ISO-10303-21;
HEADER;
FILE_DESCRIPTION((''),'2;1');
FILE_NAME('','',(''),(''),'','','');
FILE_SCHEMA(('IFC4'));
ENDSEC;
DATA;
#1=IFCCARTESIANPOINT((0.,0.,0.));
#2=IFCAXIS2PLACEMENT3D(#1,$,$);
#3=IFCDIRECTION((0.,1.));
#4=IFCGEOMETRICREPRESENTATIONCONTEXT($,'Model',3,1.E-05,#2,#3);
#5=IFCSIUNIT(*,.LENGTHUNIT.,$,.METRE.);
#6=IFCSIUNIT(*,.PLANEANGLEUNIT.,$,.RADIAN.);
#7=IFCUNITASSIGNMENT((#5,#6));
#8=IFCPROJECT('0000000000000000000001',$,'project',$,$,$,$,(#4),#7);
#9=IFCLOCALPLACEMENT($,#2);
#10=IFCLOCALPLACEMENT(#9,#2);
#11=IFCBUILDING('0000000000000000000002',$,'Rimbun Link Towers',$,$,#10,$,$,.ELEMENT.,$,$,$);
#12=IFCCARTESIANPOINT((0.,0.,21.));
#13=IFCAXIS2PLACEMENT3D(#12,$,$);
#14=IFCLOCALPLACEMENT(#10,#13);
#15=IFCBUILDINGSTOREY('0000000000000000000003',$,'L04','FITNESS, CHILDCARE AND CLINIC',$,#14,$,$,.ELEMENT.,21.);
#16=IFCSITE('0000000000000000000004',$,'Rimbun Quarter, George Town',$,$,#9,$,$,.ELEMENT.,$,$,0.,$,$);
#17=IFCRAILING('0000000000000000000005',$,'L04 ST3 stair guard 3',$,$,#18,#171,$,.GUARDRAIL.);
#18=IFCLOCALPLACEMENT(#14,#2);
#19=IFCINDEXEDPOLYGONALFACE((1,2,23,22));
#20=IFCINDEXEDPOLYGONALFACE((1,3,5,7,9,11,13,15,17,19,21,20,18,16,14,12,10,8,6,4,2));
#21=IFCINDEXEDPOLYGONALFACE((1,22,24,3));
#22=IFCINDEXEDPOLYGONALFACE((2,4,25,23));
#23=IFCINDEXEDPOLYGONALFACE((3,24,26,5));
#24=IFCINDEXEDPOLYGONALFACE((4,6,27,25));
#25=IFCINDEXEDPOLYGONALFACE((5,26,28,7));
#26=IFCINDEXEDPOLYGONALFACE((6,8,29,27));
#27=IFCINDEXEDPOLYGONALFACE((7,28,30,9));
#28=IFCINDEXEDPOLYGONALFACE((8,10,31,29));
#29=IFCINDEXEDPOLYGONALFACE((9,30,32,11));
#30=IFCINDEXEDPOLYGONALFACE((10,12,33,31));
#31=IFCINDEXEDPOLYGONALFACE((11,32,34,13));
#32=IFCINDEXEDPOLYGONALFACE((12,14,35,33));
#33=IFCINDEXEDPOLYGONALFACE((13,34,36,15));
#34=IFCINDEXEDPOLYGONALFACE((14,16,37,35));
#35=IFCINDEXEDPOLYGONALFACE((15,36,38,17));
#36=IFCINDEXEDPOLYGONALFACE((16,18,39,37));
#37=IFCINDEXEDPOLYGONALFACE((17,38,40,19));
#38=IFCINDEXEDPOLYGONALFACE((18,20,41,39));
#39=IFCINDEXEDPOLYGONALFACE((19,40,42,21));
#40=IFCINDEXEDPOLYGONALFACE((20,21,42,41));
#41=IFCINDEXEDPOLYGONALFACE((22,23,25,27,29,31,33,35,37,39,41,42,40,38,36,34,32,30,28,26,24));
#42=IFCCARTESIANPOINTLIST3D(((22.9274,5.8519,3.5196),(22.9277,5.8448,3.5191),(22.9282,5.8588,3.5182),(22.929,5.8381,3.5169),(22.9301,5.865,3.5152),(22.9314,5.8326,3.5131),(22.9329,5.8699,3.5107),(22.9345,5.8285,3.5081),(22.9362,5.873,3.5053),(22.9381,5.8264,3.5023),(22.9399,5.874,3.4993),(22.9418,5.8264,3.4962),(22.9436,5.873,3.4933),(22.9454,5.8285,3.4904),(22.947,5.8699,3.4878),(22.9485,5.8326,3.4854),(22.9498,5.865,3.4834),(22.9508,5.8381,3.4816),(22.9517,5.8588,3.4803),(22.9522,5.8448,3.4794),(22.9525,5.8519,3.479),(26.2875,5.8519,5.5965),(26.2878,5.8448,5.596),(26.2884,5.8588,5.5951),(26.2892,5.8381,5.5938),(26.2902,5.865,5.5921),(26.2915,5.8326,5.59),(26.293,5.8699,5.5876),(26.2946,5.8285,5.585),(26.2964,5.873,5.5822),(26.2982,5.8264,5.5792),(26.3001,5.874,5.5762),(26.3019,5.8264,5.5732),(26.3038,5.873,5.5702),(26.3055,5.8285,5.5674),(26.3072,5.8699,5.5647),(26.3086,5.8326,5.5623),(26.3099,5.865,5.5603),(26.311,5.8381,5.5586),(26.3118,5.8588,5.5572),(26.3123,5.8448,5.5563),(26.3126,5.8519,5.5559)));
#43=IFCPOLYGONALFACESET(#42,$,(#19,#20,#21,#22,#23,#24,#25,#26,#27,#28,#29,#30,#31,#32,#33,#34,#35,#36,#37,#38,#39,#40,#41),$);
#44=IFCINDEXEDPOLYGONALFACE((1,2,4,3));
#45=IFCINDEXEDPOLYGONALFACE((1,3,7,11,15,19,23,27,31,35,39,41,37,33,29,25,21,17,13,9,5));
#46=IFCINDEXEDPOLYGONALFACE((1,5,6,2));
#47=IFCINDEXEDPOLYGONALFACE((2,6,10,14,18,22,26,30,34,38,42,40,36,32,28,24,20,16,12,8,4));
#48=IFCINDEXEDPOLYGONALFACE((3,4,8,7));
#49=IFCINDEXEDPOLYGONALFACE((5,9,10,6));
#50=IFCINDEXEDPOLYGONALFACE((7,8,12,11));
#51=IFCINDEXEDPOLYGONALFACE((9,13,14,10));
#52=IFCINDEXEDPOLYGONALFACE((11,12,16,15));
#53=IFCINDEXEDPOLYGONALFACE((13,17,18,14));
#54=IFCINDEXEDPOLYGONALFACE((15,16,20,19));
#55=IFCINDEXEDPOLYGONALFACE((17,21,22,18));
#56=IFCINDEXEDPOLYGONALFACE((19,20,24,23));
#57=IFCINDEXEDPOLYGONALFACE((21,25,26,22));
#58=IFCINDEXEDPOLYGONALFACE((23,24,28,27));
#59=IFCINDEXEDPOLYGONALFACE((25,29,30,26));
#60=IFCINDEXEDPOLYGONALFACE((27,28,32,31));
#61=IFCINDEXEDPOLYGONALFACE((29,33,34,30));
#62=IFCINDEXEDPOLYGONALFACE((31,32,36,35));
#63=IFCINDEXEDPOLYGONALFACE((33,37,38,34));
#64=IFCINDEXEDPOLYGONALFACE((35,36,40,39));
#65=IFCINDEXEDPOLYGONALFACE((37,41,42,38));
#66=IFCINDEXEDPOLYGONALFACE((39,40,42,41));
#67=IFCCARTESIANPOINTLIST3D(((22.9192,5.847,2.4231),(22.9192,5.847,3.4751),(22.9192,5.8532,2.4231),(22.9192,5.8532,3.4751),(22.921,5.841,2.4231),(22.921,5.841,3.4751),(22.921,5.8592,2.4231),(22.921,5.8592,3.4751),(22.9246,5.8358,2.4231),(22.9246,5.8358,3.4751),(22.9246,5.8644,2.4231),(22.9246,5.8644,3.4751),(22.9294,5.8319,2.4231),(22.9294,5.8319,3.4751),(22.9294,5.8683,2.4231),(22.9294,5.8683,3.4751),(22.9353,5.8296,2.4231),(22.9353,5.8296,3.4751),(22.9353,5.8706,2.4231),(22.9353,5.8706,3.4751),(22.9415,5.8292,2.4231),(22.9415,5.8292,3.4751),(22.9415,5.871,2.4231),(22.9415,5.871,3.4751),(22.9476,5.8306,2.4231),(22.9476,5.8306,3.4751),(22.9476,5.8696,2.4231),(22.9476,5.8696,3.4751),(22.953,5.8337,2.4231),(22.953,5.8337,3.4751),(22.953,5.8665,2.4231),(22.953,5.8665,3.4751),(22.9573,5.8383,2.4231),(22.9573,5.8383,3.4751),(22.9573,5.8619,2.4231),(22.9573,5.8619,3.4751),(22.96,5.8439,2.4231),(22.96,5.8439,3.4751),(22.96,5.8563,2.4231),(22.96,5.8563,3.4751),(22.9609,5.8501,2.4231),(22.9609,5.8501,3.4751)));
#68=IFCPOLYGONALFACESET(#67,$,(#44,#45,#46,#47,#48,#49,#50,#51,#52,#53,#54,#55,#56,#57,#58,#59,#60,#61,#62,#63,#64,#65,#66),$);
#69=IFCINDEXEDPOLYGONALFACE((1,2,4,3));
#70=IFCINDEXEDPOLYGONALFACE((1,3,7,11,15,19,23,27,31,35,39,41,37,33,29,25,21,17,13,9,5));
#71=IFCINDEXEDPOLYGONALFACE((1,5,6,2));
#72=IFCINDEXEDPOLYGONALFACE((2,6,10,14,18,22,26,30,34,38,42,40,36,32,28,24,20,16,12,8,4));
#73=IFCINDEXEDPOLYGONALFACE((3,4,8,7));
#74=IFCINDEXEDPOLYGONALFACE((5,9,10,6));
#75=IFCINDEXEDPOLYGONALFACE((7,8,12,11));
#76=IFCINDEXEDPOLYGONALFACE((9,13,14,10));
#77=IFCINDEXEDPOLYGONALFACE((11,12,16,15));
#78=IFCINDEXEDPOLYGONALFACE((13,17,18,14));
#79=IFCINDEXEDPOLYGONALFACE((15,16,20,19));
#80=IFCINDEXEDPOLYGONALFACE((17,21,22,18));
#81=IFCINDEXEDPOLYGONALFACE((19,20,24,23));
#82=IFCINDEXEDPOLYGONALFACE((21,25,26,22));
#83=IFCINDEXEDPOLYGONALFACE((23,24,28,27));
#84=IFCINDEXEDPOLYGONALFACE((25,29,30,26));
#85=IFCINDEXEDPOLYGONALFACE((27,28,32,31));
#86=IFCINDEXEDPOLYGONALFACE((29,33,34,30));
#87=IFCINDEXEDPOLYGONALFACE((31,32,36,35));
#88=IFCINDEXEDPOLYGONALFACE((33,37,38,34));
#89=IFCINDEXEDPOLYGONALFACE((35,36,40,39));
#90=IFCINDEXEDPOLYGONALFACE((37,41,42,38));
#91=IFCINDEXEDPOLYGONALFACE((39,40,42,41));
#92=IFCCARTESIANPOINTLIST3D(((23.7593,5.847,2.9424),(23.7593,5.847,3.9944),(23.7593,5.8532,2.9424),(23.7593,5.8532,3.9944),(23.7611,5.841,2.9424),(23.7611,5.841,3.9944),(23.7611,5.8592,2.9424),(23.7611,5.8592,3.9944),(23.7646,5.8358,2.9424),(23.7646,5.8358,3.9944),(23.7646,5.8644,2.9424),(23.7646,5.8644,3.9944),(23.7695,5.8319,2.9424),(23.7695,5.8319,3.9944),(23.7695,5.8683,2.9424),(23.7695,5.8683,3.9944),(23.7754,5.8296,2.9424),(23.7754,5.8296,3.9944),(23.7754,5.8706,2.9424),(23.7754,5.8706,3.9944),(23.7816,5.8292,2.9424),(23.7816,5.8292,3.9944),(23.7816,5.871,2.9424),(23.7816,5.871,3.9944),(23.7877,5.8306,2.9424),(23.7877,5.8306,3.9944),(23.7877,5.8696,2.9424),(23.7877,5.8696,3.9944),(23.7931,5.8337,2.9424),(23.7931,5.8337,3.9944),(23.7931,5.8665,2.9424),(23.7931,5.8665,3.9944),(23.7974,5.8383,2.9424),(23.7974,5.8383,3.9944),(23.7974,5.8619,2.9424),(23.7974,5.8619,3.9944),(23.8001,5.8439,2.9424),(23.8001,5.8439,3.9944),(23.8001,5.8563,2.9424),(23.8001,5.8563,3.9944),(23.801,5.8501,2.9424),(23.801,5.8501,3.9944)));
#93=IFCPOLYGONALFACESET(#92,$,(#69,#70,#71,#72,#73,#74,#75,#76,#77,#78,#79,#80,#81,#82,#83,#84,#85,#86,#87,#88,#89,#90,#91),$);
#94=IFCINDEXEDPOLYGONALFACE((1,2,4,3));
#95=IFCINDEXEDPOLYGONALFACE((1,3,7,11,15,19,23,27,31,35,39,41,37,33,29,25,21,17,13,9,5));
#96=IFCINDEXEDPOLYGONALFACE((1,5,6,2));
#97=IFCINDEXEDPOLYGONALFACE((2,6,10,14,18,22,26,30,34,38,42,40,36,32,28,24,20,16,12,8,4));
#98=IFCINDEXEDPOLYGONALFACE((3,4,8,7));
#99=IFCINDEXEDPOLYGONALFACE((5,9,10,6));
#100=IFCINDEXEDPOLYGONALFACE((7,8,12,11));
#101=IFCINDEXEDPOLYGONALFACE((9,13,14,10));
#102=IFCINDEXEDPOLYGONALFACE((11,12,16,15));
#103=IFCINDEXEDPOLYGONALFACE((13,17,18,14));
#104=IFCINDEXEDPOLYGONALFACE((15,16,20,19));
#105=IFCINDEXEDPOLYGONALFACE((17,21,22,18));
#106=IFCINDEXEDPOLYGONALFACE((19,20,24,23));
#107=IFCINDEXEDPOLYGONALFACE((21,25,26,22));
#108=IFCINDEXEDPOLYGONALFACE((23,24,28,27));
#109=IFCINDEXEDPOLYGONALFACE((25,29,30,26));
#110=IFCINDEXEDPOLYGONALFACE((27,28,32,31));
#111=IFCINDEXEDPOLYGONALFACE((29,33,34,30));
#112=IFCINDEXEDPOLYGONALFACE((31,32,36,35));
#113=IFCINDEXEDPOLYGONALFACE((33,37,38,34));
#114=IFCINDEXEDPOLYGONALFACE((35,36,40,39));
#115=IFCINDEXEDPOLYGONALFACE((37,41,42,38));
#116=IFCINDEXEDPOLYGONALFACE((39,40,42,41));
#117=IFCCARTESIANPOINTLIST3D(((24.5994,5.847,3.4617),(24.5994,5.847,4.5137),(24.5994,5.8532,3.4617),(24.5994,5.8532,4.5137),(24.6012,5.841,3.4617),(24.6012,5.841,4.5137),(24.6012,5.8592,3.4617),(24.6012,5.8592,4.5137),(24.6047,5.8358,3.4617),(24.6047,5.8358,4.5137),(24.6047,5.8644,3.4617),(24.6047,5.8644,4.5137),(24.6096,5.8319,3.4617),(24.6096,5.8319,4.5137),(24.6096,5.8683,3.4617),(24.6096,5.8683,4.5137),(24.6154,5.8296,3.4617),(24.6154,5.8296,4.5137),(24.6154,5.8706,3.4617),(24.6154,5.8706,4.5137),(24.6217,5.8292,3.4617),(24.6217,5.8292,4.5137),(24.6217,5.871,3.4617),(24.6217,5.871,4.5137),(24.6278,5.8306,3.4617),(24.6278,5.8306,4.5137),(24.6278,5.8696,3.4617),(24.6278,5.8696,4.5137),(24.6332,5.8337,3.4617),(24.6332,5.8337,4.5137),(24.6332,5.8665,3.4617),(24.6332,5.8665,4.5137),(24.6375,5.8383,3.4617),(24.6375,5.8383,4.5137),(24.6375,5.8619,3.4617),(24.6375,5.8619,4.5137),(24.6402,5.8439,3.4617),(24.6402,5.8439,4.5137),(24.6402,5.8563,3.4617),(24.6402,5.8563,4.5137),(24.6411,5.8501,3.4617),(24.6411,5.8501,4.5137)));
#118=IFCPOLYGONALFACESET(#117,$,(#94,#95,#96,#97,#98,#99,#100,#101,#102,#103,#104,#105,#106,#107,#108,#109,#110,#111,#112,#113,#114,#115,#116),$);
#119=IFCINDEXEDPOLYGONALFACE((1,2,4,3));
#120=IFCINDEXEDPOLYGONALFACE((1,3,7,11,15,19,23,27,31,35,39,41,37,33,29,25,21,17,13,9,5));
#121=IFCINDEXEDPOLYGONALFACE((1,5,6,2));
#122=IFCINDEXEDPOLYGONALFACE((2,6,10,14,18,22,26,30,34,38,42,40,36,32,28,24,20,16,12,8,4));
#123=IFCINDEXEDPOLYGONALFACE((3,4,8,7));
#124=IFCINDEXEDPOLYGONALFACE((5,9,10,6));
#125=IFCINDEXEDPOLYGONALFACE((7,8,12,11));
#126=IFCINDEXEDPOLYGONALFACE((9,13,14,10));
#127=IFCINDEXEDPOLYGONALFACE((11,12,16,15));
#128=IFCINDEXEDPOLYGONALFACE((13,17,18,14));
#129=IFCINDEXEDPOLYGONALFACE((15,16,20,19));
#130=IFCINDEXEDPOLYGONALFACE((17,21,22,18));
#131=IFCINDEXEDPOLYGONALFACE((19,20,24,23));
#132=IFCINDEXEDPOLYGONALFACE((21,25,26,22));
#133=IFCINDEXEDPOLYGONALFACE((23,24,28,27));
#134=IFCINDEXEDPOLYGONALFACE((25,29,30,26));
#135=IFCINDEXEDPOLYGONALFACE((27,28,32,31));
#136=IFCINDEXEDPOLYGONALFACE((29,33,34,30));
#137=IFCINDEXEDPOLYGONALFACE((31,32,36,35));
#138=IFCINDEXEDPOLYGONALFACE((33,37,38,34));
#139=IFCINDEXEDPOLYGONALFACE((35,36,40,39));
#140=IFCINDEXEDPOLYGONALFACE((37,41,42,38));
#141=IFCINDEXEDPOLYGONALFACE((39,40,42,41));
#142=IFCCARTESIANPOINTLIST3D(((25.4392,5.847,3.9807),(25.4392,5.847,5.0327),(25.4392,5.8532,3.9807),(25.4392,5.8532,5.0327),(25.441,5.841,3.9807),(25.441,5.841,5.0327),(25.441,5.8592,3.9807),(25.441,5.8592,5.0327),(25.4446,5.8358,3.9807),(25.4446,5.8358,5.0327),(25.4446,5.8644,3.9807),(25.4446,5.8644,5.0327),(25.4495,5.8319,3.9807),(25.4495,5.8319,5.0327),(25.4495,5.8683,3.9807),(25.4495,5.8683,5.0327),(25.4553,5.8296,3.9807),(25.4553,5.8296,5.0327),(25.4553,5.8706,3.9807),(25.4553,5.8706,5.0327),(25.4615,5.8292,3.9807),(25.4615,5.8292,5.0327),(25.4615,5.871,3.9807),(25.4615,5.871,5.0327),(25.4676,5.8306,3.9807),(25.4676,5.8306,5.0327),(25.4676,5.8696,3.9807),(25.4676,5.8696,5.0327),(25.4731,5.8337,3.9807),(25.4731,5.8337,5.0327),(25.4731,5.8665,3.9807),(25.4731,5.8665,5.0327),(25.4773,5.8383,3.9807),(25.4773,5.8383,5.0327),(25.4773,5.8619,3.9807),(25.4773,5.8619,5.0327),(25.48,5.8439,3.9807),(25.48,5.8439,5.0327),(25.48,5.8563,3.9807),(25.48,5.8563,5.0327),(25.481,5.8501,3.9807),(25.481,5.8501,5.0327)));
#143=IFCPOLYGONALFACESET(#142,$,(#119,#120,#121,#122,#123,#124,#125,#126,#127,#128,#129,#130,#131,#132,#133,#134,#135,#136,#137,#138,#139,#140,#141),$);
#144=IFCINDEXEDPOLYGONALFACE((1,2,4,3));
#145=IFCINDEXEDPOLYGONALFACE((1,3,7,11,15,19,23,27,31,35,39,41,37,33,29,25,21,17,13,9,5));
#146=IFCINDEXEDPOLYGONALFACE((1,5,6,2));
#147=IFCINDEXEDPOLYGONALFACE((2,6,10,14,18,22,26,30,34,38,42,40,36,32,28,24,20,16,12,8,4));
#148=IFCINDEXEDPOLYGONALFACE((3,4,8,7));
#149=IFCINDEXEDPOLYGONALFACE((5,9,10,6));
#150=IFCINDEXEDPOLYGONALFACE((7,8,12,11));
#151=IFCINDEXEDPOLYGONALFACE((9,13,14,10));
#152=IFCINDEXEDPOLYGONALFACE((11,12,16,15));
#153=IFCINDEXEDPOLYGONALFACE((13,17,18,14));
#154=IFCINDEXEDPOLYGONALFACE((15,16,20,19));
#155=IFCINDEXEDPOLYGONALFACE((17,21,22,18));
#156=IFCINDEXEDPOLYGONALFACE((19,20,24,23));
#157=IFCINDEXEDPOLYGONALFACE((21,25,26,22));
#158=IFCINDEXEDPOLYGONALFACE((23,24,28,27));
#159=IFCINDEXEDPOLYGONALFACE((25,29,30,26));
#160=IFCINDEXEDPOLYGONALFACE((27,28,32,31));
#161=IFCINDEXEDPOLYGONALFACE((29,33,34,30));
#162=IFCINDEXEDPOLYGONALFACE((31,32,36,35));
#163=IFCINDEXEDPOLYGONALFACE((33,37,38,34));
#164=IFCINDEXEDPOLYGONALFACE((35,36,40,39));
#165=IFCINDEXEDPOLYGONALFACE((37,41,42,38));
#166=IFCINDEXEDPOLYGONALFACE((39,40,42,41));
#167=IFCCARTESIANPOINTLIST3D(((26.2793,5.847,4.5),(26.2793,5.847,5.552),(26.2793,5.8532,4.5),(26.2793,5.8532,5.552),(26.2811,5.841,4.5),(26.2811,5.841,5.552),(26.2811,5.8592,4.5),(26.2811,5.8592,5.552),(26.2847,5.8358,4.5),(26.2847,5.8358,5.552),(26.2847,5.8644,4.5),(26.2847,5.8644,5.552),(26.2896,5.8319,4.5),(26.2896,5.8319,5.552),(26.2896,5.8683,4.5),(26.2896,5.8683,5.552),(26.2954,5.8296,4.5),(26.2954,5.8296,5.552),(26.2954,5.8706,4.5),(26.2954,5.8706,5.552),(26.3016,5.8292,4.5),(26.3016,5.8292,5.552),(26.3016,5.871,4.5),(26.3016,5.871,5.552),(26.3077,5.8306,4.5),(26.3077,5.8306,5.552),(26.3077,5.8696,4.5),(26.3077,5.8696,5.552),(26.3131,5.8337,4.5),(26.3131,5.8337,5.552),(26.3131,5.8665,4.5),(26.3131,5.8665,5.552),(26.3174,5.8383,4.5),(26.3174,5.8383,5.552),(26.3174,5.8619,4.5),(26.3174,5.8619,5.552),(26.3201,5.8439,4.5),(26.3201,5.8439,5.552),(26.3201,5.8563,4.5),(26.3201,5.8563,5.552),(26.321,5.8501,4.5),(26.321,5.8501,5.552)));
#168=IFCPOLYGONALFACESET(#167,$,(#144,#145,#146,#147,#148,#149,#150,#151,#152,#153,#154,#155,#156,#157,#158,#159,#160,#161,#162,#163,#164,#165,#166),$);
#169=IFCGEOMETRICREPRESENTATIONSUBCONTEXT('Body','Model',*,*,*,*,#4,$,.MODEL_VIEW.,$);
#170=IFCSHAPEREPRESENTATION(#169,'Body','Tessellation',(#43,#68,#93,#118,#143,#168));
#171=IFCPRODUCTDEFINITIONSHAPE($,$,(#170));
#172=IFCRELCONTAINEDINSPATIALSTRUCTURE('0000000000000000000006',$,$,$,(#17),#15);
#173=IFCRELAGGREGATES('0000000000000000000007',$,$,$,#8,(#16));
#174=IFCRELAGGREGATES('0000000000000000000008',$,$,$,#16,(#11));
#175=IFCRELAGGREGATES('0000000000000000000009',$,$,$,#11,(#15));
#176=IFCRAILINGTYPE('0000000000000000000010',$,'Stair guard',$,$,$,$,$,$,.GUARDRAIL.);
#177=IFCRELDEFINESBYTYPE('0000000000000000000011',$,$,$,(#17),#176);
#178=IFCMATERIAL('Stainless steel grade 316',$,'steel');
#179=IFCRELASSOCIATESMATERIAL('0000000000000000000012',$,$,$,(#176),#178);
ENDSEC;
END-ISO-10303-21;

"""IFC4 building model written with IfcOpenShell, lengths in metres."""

from ifc_helpers import new_model, si_unit, direction, frame, origin, origin_2d, place, context, subcontext, project, spatial, circle, extrude, material, type_object, element, save


model = new_model("IFC4")

# Units and contexts
model_context = context("Model", 3, precision=1e-05, world=origin(), true_north=direction((0.0, 1.0)))
body_context = subcontext(model_context, "Body", "Model", "MODEL_VIEW")
ifc_project = project(units=[si_unit("LENGTHUNIT", "METRE"), si_unit("PLANEANGLEUNIT", "RADIAN")], contexts=[model_context])

# Site, building, storey
site_placement = place(None, origin())
site = spatial("IfcSite", under=ifc_project, at=site_placement, Name="Rimbun Quarter, George Town", CompositionType="ELEMENT", RefElevation=0.0)
building_placement = place(site_placement, origin())
building = spatial("IfcBuilding", under=site, at=building_placement, Name="Rimbun Link Towers", CompositionType="ELEMENT")
storey_placement = place(building_placement, frame((0.0, 0.0, 21.0)))
storey = spatial("IfcBuildingStorey", under=building, at=storey_placement, Name="L04", Description="FITNESS, CHILDCARE AND CLINIC", CompositionType="ELEMENT", Elevation=21.0)

# Railing
ifc_material_1 = material(Name="Stainless steel grade 316", Category="steel")
railing_type_1 = type_object("IfcRailingType", Name="Stair guard", PredefinedType="GUARDRAIL", material=ifc_material_1)
railing_1_placement = place(storey_placement, frame((22.9399, 5.8501, 2.4231)))
element("IfcRailing", 1, at=railing_1_placement, inside=storey, type_object=railing_type_1, Name="L04 ST3 stair guard 3", PredefinedType="GUARDRAIL", context=body_context, shape_type="SweptSolid", body=[
    extrude(circle(Radius=0.0239, at=origin_2d()), frame((0.0, 0.0, 1.0762), z_axis=(0.850623, 0.0, 0.525776), x_axis=(0.0, 1.0, 0.0)), (0.0, 0.0, 1.0), 3.9502),
    extrude(circle(Radius=0.021, at=origin_2d()), origin(), (0.0, 0.0, 1.0), 1.052),
    extrude(circle(Radius=0.021, at=origin_2d()), frame((0.8401, 0.0, 0.5193)), (0.0, 0.0, 1.0), 1.052),
    extrude(circle(Radius=0.021, at=origin_2d()), frame((1.6802, 0.0, 1.0386)), (0.0, 0.0, 1.0), 1.052),
    extrude(circle(Radius=0.021, at=origin_2d()), frame((2.52, 0.0, 1.5576)), (0.0, 0.0, 1.0), 1.052),
    extrude(circle(Radius=0.021, at=origin_2d()), frame((3.3601, 0.0, 2.0769)), (0.0, 0.0, 1.0), 1.052),
])

save(model, "model.ifc")
